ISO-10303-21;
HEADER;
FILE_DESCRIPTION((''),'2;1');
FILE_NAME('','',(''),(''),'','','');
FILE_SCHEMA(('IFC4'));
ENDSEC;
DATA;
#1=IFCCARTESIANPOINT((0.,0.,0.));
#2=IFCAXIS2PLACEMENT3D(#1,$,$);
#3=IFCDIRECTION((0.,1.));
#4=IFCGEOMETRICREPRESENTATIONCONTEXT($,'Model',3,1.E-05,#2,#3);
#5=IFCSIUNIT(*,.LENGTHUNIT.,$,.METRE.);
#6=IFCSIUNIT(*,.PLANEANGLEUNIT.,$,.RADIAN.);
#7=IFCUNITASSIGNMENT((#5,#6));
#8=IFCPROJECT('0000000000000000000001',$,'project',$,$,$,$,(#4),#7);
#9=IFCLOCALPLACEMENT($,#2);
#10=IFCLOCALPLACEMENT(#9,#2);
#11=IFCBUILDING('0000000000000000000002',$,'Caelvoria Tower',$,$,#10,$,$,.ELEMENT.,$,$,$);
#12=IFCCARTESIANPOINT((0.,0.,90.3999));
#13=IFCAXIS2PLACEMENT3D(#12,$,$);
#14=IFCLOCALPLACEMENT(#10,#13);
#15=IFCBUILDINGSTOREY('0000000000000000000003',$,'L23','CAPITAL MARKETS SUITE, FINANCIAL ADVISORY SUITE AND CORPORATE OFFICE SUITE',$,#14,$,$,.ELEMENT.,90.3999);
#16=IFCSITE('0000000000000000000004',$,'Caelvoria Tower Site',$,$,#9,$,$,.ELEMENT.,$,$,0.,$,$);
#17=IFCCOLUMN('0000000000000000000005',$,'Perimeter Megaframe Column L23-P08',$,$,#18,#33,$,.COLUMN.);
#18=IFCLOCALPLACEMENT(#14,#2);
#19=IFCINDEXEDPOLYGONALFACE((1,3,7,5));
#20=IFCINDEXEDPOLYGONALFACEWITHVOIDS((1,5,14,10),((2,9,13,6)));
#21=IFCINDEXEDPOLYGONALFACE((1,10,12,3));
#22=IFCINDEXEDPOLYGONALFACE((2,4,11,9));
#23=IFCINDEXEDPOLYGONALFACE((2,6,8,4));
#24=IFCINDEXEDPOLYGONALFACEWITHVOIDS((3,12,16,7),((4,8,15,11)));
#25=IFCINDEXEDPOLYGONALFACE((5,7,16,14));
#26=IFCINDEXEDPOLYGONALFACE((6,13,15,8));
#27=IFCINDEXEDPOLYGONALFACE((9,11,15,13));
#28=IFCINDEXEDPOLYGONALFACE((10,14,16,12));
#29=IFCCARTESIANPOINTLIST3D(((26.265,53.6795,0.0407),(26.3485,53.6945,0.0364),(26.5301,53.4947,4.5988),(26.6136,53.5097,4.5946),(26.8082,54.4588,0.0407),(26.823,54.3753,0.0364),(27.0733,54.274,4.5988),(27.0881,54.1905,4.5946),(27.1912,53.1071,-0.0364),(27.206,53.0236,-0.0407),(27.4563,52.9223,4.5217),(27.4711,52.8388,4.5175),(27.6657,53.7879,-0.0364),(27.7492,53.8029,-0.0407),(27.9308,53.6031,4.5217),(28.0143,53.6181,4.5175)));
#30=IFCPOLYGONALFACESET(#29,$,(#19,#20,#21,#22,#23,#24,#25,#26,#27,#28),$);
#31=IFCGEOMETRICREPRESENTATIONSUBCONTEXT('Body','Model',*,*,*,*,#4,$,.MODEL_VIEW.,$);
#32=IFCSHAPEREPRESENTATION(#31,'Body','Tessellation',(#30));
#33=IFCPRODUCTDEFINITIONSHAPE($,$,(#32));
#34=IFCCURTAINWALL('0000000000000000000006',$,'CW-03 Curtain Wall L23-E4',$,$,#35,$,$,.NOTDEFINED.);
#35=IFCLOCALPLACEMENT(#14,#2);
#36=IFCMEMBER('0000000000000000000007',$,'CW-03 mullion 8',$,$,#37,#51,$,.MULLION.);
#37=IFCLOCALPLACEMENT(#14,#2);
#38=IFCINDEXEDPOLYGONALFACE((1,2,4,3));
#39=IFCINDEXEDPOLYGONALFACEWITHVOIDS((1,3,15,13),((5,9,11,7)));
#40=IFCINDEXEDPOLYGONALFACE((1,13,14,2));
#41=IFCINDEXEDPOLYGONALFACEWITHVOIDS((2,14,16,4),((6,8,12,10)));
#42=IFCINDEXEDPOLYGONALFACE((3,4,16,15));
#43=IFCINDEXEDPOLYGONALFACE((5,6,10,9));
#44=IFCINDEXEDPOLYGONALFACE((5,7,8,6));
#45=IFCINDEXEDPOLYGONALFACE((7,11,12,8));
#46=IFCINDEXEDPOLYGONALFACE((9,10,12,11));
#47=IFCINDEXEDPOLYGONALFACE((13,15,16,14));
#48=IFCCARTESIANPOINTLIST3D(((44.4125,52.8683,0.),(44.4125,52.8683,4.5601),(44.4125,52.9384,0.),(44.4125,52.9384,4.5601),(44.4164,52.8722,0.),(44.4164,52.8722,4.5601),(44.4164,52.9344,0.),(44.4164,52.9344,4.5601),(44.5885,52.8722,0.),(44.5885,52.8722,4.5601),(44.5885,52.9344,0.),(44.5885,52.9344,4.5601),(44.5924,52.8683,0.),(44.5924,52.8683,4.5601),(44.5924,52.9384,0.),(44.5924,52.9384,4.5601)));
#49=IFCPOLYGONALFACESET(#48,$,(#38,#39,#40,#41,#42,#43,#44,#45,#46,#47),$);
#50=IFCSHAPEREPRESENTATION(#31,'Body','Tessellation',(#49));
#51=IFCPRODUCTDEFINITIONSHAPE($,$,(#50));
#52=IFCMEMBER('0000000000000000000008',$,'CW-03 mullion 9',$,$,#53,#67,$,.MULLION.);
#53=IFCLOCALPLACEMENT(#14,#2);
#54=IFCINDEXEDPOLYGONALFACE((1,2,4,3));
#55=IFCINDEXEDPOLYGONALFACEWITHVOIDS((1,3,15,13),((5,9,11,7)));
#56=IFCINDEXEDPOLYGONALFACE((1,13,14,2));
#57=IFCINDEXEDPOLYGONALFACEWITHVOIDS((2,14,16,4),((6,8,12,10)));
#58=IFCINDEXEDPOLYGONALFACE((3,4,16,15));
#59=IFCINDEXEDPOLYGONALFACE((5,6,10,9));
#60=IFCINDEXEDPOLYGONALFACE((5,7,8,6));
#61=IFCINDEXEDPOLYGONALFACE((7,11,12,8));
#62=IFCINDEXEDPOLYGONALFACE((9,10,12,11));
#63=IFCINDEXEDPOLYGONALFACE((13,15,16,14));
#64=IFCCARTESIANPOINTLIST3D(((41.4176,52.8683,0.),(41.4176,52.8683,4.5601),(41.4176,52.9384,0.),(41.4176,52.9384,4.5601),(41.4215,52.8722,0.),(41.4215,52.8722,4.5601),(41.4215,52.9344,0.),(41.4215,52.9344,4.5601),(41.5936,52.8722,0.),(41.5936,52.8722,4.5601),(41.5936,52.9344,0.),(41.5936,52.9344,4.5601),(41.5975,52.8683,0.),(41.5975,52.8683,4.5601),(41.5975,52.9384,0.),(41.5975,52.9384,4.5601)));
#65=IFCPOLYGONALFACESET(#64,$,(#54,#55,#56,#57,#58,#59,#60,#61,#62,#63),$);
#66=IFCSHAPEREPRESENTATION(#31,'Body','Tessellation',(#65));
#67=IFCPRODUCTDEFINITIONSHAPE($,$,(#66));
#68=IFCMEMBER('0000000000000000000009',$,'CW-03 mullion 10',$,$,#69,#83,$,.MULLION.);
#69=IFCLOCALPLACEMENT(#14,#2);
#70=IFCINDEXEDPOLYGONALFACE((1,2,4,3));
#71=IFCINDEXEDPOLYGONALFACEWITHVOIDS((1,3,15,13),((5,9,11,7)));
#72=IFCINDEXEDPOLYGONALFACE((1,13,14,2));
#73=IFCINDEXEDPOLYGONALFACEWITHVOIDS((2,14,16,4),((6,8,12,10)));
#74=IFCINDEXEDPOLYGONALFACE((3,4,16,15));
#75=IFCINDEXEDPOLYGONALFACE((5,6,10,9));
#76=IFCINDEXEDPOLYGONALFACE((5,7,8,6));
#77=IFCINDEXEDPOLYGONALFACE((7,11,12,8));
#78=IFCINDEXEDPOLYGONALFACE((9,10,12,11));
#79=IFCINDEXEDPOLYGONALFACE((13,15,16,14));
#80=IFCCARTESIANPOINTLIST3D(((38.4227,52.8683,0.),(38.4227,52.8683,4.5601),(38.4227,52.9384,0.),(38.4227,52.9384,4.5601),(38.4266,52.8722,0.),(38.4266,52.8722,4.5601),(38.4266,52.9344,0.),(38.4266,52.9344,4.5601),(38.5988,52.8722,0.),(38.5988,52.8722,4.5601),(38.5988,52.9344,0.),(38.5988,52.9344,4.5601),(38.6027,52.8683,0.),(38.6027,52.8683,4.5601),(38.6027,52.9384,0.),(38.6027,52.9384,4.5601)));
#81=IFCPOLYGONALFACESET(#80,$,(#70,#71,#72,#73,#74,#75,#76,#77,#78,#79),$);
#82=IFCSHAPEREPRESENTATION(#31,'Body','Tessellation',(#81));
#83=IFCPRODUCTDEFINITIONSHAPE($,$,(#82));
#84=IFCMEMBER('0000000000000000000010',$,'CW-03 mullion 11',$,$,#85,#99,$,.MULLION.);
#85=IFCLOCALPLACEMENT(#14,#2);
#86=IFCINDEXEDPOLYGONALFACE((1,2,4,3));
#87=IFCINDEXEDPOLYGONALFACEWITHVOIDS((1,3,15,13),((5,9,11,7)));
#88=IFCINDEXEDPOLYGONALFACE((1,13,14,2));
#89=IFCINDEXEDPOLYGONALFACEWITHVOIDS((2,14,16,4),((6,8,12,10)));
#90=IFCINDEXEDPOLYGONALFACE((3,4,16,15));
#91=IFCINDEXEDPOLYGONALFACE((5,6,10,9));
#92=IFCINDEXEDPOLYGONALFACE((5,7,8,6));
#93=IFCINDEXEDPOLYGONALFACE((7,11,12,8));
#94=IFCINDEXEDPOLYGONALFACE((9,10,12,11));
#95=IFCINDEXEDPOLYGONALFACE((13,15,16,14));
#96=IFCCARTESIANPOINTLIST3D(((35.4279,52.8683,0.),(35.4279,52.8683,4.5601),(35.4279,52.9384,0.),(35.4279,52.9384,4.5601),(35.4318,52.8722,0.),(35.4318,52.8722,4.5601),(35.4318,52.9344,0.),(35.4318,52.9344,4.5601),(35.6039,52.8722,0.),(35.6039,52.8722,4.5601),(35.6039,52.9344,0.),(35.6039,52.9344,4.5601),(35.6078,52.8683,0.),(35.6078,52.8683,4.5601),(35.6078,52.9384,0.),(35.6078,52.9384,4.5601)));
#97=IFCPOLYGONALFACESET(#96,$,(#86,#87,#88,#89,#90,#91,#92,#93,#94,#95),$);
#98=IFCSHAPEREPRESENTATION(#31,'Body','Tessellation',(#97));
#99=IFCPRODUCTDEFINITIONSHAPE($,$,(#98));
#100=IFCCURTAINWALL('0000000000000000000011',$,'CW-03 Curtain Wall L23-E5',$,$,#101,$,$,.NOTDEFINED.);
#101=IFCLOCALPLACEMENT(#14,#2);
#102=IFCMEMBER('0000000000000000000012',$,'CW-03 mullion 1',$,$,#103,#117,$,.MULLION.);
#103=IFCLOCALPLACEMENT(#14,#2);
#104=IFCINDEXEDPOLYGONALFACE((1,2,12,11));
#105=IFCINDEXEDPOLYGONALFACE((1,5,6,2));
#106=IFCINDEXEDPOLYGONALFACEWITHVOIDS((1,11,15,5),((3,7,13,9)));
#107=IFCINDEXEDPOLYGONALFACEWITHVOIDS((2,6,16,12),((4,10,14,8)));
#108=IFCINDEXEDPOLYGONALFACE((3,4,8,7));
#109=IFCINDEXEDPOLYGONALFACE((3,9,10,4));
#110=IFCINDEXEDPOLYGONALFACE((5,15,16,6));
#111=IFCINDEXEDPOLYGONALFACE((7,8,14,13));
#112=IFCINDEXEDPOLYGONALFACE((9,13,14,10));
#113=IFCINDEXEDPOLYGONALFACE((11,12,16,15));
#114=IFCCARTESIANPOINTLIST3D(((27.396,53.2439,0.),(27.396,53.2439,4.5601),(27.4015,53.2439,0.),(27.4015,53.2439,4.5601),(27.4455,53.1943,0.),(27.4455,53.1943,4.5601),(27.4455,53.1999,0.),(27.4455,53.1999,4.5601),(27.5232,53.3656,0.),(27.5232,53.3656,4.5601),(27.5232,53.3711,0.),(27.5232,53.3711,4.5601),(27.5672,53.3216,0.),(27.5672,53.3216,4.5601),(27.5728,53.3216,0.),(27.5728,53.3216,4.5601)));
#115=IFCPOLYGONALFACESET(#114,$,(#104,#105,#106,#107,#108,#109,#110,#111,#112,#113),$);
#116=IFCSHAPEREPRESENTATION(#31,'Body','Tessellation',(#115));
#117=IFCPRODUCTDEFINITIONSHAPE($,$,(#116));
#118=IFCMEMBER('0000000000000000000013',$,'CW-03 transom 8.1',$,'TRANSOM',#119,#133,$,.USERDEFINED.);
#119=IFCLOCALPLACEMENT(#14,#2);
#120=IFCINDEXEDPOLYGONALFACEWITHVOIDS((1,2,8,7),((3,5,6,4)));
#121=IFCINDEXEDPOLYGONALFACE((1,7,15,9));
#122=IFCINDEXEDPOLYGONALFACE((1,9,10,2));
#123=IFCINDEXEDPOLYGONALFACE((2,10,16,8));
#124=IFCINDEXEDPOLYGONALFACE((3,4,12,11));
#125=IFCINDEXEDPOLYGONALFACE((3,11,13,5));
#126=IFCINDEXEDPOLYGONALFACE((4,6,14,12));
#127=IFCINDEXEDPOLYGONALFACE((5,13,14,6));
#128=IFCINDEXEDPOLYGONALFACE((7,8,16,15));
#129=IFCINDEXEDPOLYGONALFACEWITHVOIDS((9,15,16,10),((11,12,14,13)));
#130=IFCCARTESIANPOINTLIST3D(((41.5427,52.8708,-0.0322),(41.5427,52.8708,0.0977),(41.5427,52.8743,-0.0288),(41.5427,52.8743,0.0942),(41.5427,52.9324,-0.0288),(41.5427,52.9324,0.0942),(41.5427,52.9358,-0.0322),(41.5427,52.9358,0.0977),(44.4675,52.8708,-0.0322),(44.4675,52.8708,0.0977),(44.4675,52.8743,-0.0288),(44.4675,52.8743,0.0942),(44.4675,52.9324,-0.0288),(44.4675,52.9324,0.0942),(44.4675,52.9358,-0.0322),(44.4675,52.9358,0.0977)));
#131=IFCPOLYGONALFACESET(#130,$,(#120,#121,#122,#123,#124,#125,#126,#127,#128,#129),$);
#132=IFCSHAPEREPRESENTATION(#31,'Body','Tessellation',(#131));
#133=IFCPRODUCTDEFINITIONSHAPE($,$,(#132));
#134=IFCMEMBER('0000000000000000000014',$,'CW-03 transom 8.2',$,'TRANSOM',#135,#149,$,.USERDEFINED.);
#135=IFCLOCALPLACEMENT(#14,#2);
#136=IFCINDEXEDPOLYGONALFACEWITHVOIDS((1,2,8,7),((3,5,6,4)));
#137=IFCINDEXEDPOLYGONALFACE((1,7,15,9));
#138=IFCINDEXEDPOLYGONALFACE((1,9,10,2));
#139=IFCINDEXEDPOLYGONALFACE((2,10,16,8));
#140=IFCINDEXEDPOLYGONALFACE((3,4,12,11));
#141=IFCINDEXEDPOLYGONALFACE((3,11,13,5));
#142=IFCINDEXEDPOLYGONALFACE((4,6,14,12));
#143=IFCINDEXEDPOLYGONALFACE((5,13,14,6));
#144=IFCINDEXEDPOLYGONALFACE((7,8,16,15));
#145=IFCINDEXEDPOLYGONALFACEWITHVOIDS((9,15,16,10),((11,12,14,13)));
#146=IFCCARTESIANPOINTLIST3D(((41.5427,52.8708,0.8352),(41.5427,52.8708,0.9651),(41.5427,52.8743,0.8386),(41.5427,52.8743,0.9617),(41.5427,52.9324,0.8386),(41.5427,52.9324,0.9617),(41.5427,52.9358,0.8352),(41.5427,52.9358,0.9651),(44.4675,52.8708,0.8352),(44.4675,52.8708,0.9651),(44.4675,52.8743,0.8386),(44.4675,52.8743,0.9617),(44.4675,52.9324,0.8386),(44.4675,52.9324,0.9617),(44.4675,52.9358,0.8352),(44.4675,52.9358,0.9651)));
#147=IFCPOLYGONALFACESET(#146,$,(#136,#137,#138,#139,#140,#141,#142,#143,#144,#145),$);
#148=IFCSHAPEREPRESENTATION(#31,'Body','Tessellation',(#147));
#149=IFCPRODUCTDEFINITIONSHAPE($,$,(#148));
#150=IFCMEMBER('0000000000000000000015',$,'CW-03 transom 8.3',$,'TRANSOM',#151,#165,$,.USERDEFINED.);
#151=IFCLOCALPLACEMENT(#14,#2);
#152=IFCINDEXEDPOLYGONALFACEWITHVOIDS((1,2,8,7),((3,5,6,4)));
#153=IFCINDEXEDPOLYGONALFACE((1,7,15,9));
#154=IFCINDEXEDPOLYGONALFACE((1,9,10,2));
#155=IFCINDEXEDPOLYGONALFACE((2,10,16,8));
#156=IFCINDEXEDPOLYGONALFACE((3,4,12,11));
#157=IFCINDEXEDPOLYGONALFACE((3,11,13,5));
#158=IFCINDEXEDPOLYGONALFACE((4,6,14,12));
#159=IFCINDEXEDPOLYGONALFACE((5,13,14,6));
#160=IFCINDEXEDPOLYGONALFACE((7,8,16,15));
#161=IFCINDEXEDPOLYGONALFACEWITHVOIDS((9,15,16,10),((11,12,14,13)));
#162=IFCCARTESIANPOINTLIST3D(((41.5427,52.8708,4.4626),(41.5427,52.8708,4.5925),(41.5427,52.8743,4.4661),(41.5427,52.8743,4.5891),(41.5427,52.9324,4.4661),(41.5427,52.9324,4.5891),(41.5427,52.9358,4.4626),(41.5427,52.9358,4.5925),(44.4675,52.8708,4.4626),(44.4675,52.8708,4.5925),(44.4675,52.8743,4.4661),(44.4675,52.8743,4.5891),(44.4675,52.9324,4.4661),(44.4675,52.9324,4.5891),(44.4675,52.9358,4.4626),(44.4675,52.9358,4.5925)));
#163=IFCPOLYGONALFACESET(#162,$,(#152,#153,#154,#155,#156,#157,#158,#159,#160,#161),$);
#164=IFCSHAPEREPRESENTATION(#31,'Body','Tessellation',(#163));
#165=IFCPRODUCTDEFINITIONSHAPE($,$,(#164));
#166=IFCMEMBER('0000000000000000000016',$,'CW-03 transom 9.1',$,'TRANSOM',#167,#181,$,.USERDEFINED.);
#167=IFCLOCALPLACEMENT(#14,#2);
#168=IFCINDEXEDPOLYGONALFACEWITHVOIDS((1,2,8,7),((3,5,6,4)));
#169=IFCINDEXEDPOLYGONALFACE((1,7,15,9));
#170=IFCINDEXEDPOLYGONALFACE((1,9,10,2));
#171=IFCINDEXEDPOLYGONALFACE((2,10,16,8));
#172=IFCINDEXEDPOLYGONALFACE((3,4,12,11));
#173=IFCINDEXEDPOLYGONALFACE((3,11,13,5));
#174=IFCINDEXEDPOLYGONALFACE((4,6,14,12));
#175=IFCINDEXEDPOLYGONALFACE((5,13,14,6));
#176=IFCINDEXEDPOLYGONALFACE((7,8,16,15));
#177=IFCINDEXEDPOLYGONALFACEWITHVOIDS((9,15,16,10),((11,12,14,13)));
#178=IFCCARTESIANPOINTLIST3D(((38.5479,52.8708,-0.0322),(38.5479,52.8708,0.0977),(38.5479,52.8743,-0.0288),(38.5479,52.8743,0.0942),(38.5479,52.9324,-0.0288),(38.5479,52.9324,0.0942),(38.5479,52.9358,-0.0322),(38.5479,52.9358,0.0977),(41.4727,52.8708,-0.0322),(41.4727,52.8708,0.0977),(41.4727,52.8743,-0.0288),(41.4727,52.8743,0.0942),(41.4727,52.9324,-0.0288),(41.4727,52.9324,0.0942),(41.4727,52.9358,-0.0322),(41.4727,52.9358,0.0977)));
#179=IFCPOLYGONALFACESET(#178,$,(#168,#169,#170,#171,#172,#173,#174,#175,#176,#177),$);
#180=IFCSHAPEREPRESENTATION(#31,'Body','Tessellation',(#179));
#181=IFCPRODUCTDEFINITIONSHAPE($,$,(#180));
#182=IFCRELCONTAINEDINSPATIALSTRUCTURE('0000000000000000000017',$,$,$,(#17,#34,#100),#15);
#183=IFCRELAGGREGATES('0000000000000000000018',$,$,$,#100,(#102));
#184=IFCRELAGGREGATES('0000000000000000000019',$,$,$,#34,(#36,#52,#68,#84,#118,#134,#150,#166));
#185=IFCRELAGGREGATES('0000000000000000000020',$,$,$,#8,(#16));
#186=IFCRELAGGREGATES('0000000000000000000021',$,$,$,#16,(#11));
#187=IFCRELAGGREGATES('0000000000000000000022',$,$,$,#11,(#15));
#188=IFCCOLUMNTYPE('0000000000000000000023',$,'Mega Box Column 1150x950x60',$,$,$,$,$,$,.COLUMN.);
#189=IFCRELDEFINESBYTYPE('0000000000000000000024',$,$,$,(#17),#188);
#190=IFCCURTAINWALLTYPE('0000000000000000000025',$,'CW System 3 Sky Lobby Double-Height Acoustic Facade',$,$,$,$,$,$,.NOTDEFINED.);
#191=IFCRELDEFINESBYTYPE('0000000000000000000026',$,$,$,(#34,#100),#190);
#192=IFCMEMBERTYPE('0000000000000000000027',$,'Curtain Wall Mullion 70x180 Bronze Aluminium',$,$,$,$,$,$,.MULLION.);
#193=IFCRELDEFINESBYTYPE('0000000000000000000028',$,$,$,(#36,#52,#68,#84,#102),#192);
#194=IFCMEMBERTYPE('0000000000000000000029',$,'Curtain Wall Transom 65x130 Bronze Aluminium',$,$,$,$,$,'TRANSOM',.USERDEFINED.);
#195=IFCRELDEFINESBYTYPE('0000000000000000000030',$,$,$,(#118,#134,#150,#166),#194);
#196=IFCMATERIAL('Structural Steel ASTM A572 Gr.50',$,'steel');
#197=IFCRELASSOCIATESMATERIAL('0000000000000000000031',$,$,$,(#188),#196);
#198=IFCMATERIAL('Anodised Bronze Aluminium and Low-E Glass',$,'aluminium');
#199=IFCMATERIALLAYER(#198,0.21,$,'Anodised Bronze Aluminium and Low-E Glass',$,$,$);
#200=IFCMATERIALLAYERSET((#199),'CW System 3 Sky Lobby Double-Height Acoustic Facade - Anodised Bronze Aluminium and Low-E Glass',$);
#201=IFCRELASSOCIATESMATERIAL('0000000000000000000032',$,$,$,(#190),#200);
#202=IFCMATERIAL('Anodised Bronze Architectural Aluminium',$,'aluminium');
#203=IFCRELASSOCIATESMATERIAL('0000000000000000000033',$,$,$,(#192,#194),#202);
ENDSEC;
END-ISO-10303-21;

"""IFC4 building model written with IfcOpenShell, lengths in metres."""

from ifc_helpers import new_model, si_unit, direction, frame, origin, origin_2d, place, context, subcontext, project, spatial, hollow_rectangle, extrude, material, layer, layer_set, material_profile, profile_set, type_object, element, aggregate, save


model = new_model("IFC4")

# Units and contexts
model_context = context("Model", 3, precision=1e-05, world=origin(), true_north=direction((0.0, 1.0)))
body_context = subcontext(model_context, "Body", "Model", "MODEL_VIEW")
ifc_project = project(units=[si_unit("LENGTHUNIT", "METRE"), si_unit("PLANEANGLEUNIT", "RADIAN")], contexts=[model_context])

# Site, building, storey
site_placement = place(None, origin())
site = spatial("IfcSite", under=ifc_project, at=site_placement, Name="Caelvoria Tower Site", CompositionType="ELEMENT", RefElevation=0.0)
building_placement = place(site_placement, origin())
building = spatial("IfcBuilding", under=site, at=building_placement, Name="Caelvoria Tower", CompositionType="ELEMENT")
storey_placement = place(building_placement, frame((0.0, 0.0, 90.3999)))
storey = spatial("IfcBuildingStorey", under=building, at=storey_placement, Name="L23", Description="CAPITAL MARKETS SUITE, FINANCIAL ADVISORY SUITE AND CORPORATE OFFICE SUITE", CompositionType="ELEMENT", Elevation=90.3999)

# Column
ifc_material_1 = material(Name="Structural Steel ASTM A572 Gr.50", Category="steel")
ifc_material_profile_1 = material_profile(ifc_material_1, hollow_rectangle(XDim=0.95, YDim=1.1499, WallThickness=0.0601, at=origin_2d()), Name="Structural Steel ASTM A572 Gr.50")
ifc_profile_set_1 = profile_set([ifc_material_profile_1], Name="BOX1150X950X60 - Structural Steel ASTM A572 Gr.50")
column_type = type_object("IfcColumnType", Name="Mega Box Column 1150x950x60", PredefinedType="COLUMN", material=ifc_profile_set_1)
column_placement = place(storey_placement, frame((27.0071, 53.7412, 0.0), z_axis=(0.058023, -0.040445, 0.997496), x_axis=(0.571839, 0.820366, 0.0)))
element("IfcColumn", 1, at=column_placement, inside=storey, type_object=column_type, Name="Perimeter Megaframe Column L23-P08", PredefinedType="COLUMN", context=body_context, shape_type="SweptSolid", body=[
    extrude(hollow_rectangle(XDim=0.95, YDim=1.1499, WallThickness=0.0601, at=origin_2d()), origin(), (0.0, 0.0, 1.0), 4.5696),
])

# Curtain wall, members
ifc_material_2 = material(Name="Anodised Bronze Aluminium and Low-E Glass", Category="aluminium")
ifc_layer_1 = layer(ifc_material_2, 0.21, Name="Anodised Bronze Aluminium and Low-E Glass")
ifc_layer_set_1 = layer_set([ifc_layer_1], Name="CW System 3 Sky Lobby Double-Height Acoustic Facade - Anodised Bronze Aluminium and Low-E Glass")
curtain_wall_type = type_object("IfcCurtainWallType", Name="CW System 3 Sky Lobby Double-Height Acoustic Facade", PredefinedType="NOTDEFINED", material=ifc_layer_set_1)
curtain_wall_1_placement = place(storey_placement, origin())
curtain_wall_1 = element("IfcCurtainWall", 2, at=curtain_wall_1_placement, inside=storey, type_object=curtain_wall_type, Name="CW-03 Curtain Wall L23-E4", PredefinedType="NOTDEFINED")
ifc_material_3 = material(Name="Anodised Bronze Architectural Aluminium", Category="aluminium")
ifc_material_profile_2 = material_profile(ifc_material_3, hollow_rectangle(XDim=0.0701, YDim=0.1799, WallThickness=0.0039, at=origin_2d()), Name="Anodised Bronze Architectural Aluminium")
ifc_profile_set_2 = profile_set([ifc_material_profile_2], Name="CW_MULL_70X180 - Anodised Bronze Architectural Aluminium")
member_type_1 = type_object("IfcMemberType", Name="Curtain Wall Mullion 70x180 Bronze Aluminium", PredefinedType="MULLION", material=ifc_profile_set_2)
member_1_placement = place(storey_placement, frame((44.5024, 52.9033, 0.0), z_axis=(0.0, 0.0, 1.0), x_axis=(0.0, -1.0, 0.0)))
member_1 = element("IfcMember", 3, at=member_1_placement, type_object=member_type_1, Name="CW-03 mullion 8", PredefinedType="MULLION", context=body_context, shape_type="SweptSolid", body=[
    extrude(hollow_rectangle(XDim=0.0701, YDim=0.1799, WallThickness=0.0039, at=origin_2d()), origin(), (0.0, 0.0, 1.0), 4.5601),
])
member_2_placement = place(storey_placement, frame((41.5076, 52.9033, 0.0), z_axis=(0.0, 0.0, 1.0), x_axis=(0.0, -1.0, 0.0)))
member_2 = element("IfcMember", 4, at=member_2_placement, type_object=member_type_1, Name="CW-03 mullion 9", PredefinedType="MULLION", context=body_context, shape_type="SweptSolid", body=[
    extrude(hollow_rectangle(XDim=0.0701, YDim=0.1799, WallThickness=0.0039, at=origin_2d()), origin(), (0.0, 0.0, 1.0), 4.5601),
])
member_3_placement = place(storey_placement, frame((38.5127, 52.9033, 0.0), z_axis=(0.0, 0.0, 1.0), x_axis=(0.0, -1.0, 0.0)))
member_3 = element("IfcMember", 5, at=member_3_placement, type_object=member_type_1, Name="CW-03 mullion 10", PredefinedType="MULLION", context=body_context, shape_type="SweptSolid", body=[
    extrude(hollow_rectangle(XDim=0.0701, YDim=0.1799, WallThickness=0.0039, at=origin_2d()), origin(), (0.0, 0.0, 1.0), 4.5601),
])
member_4_placement = place(storey_placement, frame((35.5178, 52.9033, 0.0), z_axis=(0.0, 0.0, 1.0), x_axis=(0.0, -1.0, 0.0)))
member_4 = element("IfcMember", 6, at=member_4_placement, type_object=member_type_1, Name="CW-03 mullion 11", PredefinedType="MULLION", context=body_context, shape_type="SweptSolid", body=[
    extrude(hollow_rectangle(XDim=0.0701, YDim=0.1799, WallThickness=0.0039, at=origin_2d()), origin(), (0.0, 0.0, 1.0), 4.5601),
])

# Curtain wall, member
curtain_wall_2_placement = place(storey_placement, origin())
curtain_wall_2 = element("IfcCurtainWall", 7, at=curtain_wall_2_placement, inside=storey, type_object=curtain_wall_type, Name="CW-03 Curtain Wall L23-E5", PredefinedType="NOTDEFINED")
member_5_placement = place(storey_placement, frame((27.4844, 53.2827, 0.0), z_axis=(0.0, 0.0, 1.0), x_axis=(0.707107, -0.707107, 0.0)))
member_5 = element("IfcMember", 8, at=member_5_placement, type_object=member_type_1, Name="CW-03 mullion 1", PredefinedType="MULLION", context=body_context, shape_type="SweptSolid", body=[
    extrude(hollow_rectangle(XDim=0.0701, YDim=0.1799, WallThickness=0.0039, at=origin_2d()), origin(), (0.0, 0.0, 1.0), 4.5601),
])

# Members
ifc_material_profile_3 = material_profile(ifc_material_3, hollow_rectangle(XDim=0.0649, YDim=0.1299, WallThickness=0.0034, at=origin_2d()), Name="Anodised Bronze Architectural Aluminium")
ifc_profile_set_3 = profile_set([ifc_material_profile_3], Name="CW_TRAN_65X130 - Anodised Bronze Architectural Aluminium")
member_type_2 = type_object("IfcMemberType", Name="Curtain Wall Transom 65x130 Bronze Aluminium", ElementType="TRANSOM", PredefinedType="USERDEFINED", material=ifc_profile_set_3)
member_6_placement = place(storey_placement, frame((44.4675, 52.9033, 0.0327), z_axis=(-1.0, 0.0, 0.0), x_axis=(0.0, -1.0, 0.0)))
member_6 = element("IfcMember", 9, at=member_6_placement, type_object=member_type_2, Name="CW-03 transom 8.1", ObjectType="TRANSOM", PredefinedType="USERDEFINED", context=body_context, shape_type="SweptSolid", body=[
    extrude(hollow_rectangle(XDim=0.0649, YDim=0.1299, WallThickness=0.0034, at=origin_2d()), origin(), (0.0, 0.0, 1.0), 2.9248),
])
member_7_placement = place(storey_placement, frame((44.4675, 52.9033, 0.9001), z_axis=(-1.0, 0.0, 0.0), x_axis=(0.0, -1.0, 0.0)))
member_7 = element("IfcMember", 10, at=member_7_placement, type_object=member_type_2, Name="CW-03 transom 8.2", ObjectType="TRANSOM", PredefinedType="USERDEFINED", context=body_context, shape_type="SweptSolid", body=[
    extrude(hollow_rectangle(XDim=0.0649, YDim=0.1299, WallThickness=0.0034, at=origin_2d()), origin(), (0.0, 0.0, 1.0), 2.9248),
])
member_8_placement = place(storey_placement, frame((44.4675, 52.9033, 4.5276), z_axis=(-1.0, 0.0, 0.0), x_axis=(0.0, -1.0, 0.0)))
member_8 = element("IfcMember", 11, at=member_8_placement, type_object=member_type_2, Name="CW-03 transom 8.3", ObjectType="TRANSOM", PredefinedType="USERDEFINED", context=body_context, shape_type="SweptSolid", body=[
    extrude(hollow_rectangle(XDim=0.0649, YDim=0.1299, WallThickness=0.0034, at=origin_2d()), origin(), (0.0, 0.0, 1.0), 2.9248),
])
member_9_placement = place(storey_placement, frame((41.4727, 52.9033, 0.0327), z_axis=(-1.0, 0.0, 0.0), x_axis=(0.0, -1.0, 0.0)))
member_9 = element("IfcMember", 12, at=member_9_placement, type_object=member_type_2, Name="CW-03 transom 9.1", ObjectType="TRANSOM", PredefinedType="USERDEFINED", context=body_context, shape_type="SweptSolid", body=[
    extrude(hollow_rectangle(XDim=0.0649, YDim=0.1299, WallThickness=0.0034, at=origin_2d()), origin(), (0.0, 0.0, 1.0), 2.9248),
])
aggregate(curtain_wall_2, [member_5])

aggregate(curtain_wall_1, [member_1, member_2, member_3, member_4, member_6, member_7, member_8, member_9])

save(model, "model.ifc")
